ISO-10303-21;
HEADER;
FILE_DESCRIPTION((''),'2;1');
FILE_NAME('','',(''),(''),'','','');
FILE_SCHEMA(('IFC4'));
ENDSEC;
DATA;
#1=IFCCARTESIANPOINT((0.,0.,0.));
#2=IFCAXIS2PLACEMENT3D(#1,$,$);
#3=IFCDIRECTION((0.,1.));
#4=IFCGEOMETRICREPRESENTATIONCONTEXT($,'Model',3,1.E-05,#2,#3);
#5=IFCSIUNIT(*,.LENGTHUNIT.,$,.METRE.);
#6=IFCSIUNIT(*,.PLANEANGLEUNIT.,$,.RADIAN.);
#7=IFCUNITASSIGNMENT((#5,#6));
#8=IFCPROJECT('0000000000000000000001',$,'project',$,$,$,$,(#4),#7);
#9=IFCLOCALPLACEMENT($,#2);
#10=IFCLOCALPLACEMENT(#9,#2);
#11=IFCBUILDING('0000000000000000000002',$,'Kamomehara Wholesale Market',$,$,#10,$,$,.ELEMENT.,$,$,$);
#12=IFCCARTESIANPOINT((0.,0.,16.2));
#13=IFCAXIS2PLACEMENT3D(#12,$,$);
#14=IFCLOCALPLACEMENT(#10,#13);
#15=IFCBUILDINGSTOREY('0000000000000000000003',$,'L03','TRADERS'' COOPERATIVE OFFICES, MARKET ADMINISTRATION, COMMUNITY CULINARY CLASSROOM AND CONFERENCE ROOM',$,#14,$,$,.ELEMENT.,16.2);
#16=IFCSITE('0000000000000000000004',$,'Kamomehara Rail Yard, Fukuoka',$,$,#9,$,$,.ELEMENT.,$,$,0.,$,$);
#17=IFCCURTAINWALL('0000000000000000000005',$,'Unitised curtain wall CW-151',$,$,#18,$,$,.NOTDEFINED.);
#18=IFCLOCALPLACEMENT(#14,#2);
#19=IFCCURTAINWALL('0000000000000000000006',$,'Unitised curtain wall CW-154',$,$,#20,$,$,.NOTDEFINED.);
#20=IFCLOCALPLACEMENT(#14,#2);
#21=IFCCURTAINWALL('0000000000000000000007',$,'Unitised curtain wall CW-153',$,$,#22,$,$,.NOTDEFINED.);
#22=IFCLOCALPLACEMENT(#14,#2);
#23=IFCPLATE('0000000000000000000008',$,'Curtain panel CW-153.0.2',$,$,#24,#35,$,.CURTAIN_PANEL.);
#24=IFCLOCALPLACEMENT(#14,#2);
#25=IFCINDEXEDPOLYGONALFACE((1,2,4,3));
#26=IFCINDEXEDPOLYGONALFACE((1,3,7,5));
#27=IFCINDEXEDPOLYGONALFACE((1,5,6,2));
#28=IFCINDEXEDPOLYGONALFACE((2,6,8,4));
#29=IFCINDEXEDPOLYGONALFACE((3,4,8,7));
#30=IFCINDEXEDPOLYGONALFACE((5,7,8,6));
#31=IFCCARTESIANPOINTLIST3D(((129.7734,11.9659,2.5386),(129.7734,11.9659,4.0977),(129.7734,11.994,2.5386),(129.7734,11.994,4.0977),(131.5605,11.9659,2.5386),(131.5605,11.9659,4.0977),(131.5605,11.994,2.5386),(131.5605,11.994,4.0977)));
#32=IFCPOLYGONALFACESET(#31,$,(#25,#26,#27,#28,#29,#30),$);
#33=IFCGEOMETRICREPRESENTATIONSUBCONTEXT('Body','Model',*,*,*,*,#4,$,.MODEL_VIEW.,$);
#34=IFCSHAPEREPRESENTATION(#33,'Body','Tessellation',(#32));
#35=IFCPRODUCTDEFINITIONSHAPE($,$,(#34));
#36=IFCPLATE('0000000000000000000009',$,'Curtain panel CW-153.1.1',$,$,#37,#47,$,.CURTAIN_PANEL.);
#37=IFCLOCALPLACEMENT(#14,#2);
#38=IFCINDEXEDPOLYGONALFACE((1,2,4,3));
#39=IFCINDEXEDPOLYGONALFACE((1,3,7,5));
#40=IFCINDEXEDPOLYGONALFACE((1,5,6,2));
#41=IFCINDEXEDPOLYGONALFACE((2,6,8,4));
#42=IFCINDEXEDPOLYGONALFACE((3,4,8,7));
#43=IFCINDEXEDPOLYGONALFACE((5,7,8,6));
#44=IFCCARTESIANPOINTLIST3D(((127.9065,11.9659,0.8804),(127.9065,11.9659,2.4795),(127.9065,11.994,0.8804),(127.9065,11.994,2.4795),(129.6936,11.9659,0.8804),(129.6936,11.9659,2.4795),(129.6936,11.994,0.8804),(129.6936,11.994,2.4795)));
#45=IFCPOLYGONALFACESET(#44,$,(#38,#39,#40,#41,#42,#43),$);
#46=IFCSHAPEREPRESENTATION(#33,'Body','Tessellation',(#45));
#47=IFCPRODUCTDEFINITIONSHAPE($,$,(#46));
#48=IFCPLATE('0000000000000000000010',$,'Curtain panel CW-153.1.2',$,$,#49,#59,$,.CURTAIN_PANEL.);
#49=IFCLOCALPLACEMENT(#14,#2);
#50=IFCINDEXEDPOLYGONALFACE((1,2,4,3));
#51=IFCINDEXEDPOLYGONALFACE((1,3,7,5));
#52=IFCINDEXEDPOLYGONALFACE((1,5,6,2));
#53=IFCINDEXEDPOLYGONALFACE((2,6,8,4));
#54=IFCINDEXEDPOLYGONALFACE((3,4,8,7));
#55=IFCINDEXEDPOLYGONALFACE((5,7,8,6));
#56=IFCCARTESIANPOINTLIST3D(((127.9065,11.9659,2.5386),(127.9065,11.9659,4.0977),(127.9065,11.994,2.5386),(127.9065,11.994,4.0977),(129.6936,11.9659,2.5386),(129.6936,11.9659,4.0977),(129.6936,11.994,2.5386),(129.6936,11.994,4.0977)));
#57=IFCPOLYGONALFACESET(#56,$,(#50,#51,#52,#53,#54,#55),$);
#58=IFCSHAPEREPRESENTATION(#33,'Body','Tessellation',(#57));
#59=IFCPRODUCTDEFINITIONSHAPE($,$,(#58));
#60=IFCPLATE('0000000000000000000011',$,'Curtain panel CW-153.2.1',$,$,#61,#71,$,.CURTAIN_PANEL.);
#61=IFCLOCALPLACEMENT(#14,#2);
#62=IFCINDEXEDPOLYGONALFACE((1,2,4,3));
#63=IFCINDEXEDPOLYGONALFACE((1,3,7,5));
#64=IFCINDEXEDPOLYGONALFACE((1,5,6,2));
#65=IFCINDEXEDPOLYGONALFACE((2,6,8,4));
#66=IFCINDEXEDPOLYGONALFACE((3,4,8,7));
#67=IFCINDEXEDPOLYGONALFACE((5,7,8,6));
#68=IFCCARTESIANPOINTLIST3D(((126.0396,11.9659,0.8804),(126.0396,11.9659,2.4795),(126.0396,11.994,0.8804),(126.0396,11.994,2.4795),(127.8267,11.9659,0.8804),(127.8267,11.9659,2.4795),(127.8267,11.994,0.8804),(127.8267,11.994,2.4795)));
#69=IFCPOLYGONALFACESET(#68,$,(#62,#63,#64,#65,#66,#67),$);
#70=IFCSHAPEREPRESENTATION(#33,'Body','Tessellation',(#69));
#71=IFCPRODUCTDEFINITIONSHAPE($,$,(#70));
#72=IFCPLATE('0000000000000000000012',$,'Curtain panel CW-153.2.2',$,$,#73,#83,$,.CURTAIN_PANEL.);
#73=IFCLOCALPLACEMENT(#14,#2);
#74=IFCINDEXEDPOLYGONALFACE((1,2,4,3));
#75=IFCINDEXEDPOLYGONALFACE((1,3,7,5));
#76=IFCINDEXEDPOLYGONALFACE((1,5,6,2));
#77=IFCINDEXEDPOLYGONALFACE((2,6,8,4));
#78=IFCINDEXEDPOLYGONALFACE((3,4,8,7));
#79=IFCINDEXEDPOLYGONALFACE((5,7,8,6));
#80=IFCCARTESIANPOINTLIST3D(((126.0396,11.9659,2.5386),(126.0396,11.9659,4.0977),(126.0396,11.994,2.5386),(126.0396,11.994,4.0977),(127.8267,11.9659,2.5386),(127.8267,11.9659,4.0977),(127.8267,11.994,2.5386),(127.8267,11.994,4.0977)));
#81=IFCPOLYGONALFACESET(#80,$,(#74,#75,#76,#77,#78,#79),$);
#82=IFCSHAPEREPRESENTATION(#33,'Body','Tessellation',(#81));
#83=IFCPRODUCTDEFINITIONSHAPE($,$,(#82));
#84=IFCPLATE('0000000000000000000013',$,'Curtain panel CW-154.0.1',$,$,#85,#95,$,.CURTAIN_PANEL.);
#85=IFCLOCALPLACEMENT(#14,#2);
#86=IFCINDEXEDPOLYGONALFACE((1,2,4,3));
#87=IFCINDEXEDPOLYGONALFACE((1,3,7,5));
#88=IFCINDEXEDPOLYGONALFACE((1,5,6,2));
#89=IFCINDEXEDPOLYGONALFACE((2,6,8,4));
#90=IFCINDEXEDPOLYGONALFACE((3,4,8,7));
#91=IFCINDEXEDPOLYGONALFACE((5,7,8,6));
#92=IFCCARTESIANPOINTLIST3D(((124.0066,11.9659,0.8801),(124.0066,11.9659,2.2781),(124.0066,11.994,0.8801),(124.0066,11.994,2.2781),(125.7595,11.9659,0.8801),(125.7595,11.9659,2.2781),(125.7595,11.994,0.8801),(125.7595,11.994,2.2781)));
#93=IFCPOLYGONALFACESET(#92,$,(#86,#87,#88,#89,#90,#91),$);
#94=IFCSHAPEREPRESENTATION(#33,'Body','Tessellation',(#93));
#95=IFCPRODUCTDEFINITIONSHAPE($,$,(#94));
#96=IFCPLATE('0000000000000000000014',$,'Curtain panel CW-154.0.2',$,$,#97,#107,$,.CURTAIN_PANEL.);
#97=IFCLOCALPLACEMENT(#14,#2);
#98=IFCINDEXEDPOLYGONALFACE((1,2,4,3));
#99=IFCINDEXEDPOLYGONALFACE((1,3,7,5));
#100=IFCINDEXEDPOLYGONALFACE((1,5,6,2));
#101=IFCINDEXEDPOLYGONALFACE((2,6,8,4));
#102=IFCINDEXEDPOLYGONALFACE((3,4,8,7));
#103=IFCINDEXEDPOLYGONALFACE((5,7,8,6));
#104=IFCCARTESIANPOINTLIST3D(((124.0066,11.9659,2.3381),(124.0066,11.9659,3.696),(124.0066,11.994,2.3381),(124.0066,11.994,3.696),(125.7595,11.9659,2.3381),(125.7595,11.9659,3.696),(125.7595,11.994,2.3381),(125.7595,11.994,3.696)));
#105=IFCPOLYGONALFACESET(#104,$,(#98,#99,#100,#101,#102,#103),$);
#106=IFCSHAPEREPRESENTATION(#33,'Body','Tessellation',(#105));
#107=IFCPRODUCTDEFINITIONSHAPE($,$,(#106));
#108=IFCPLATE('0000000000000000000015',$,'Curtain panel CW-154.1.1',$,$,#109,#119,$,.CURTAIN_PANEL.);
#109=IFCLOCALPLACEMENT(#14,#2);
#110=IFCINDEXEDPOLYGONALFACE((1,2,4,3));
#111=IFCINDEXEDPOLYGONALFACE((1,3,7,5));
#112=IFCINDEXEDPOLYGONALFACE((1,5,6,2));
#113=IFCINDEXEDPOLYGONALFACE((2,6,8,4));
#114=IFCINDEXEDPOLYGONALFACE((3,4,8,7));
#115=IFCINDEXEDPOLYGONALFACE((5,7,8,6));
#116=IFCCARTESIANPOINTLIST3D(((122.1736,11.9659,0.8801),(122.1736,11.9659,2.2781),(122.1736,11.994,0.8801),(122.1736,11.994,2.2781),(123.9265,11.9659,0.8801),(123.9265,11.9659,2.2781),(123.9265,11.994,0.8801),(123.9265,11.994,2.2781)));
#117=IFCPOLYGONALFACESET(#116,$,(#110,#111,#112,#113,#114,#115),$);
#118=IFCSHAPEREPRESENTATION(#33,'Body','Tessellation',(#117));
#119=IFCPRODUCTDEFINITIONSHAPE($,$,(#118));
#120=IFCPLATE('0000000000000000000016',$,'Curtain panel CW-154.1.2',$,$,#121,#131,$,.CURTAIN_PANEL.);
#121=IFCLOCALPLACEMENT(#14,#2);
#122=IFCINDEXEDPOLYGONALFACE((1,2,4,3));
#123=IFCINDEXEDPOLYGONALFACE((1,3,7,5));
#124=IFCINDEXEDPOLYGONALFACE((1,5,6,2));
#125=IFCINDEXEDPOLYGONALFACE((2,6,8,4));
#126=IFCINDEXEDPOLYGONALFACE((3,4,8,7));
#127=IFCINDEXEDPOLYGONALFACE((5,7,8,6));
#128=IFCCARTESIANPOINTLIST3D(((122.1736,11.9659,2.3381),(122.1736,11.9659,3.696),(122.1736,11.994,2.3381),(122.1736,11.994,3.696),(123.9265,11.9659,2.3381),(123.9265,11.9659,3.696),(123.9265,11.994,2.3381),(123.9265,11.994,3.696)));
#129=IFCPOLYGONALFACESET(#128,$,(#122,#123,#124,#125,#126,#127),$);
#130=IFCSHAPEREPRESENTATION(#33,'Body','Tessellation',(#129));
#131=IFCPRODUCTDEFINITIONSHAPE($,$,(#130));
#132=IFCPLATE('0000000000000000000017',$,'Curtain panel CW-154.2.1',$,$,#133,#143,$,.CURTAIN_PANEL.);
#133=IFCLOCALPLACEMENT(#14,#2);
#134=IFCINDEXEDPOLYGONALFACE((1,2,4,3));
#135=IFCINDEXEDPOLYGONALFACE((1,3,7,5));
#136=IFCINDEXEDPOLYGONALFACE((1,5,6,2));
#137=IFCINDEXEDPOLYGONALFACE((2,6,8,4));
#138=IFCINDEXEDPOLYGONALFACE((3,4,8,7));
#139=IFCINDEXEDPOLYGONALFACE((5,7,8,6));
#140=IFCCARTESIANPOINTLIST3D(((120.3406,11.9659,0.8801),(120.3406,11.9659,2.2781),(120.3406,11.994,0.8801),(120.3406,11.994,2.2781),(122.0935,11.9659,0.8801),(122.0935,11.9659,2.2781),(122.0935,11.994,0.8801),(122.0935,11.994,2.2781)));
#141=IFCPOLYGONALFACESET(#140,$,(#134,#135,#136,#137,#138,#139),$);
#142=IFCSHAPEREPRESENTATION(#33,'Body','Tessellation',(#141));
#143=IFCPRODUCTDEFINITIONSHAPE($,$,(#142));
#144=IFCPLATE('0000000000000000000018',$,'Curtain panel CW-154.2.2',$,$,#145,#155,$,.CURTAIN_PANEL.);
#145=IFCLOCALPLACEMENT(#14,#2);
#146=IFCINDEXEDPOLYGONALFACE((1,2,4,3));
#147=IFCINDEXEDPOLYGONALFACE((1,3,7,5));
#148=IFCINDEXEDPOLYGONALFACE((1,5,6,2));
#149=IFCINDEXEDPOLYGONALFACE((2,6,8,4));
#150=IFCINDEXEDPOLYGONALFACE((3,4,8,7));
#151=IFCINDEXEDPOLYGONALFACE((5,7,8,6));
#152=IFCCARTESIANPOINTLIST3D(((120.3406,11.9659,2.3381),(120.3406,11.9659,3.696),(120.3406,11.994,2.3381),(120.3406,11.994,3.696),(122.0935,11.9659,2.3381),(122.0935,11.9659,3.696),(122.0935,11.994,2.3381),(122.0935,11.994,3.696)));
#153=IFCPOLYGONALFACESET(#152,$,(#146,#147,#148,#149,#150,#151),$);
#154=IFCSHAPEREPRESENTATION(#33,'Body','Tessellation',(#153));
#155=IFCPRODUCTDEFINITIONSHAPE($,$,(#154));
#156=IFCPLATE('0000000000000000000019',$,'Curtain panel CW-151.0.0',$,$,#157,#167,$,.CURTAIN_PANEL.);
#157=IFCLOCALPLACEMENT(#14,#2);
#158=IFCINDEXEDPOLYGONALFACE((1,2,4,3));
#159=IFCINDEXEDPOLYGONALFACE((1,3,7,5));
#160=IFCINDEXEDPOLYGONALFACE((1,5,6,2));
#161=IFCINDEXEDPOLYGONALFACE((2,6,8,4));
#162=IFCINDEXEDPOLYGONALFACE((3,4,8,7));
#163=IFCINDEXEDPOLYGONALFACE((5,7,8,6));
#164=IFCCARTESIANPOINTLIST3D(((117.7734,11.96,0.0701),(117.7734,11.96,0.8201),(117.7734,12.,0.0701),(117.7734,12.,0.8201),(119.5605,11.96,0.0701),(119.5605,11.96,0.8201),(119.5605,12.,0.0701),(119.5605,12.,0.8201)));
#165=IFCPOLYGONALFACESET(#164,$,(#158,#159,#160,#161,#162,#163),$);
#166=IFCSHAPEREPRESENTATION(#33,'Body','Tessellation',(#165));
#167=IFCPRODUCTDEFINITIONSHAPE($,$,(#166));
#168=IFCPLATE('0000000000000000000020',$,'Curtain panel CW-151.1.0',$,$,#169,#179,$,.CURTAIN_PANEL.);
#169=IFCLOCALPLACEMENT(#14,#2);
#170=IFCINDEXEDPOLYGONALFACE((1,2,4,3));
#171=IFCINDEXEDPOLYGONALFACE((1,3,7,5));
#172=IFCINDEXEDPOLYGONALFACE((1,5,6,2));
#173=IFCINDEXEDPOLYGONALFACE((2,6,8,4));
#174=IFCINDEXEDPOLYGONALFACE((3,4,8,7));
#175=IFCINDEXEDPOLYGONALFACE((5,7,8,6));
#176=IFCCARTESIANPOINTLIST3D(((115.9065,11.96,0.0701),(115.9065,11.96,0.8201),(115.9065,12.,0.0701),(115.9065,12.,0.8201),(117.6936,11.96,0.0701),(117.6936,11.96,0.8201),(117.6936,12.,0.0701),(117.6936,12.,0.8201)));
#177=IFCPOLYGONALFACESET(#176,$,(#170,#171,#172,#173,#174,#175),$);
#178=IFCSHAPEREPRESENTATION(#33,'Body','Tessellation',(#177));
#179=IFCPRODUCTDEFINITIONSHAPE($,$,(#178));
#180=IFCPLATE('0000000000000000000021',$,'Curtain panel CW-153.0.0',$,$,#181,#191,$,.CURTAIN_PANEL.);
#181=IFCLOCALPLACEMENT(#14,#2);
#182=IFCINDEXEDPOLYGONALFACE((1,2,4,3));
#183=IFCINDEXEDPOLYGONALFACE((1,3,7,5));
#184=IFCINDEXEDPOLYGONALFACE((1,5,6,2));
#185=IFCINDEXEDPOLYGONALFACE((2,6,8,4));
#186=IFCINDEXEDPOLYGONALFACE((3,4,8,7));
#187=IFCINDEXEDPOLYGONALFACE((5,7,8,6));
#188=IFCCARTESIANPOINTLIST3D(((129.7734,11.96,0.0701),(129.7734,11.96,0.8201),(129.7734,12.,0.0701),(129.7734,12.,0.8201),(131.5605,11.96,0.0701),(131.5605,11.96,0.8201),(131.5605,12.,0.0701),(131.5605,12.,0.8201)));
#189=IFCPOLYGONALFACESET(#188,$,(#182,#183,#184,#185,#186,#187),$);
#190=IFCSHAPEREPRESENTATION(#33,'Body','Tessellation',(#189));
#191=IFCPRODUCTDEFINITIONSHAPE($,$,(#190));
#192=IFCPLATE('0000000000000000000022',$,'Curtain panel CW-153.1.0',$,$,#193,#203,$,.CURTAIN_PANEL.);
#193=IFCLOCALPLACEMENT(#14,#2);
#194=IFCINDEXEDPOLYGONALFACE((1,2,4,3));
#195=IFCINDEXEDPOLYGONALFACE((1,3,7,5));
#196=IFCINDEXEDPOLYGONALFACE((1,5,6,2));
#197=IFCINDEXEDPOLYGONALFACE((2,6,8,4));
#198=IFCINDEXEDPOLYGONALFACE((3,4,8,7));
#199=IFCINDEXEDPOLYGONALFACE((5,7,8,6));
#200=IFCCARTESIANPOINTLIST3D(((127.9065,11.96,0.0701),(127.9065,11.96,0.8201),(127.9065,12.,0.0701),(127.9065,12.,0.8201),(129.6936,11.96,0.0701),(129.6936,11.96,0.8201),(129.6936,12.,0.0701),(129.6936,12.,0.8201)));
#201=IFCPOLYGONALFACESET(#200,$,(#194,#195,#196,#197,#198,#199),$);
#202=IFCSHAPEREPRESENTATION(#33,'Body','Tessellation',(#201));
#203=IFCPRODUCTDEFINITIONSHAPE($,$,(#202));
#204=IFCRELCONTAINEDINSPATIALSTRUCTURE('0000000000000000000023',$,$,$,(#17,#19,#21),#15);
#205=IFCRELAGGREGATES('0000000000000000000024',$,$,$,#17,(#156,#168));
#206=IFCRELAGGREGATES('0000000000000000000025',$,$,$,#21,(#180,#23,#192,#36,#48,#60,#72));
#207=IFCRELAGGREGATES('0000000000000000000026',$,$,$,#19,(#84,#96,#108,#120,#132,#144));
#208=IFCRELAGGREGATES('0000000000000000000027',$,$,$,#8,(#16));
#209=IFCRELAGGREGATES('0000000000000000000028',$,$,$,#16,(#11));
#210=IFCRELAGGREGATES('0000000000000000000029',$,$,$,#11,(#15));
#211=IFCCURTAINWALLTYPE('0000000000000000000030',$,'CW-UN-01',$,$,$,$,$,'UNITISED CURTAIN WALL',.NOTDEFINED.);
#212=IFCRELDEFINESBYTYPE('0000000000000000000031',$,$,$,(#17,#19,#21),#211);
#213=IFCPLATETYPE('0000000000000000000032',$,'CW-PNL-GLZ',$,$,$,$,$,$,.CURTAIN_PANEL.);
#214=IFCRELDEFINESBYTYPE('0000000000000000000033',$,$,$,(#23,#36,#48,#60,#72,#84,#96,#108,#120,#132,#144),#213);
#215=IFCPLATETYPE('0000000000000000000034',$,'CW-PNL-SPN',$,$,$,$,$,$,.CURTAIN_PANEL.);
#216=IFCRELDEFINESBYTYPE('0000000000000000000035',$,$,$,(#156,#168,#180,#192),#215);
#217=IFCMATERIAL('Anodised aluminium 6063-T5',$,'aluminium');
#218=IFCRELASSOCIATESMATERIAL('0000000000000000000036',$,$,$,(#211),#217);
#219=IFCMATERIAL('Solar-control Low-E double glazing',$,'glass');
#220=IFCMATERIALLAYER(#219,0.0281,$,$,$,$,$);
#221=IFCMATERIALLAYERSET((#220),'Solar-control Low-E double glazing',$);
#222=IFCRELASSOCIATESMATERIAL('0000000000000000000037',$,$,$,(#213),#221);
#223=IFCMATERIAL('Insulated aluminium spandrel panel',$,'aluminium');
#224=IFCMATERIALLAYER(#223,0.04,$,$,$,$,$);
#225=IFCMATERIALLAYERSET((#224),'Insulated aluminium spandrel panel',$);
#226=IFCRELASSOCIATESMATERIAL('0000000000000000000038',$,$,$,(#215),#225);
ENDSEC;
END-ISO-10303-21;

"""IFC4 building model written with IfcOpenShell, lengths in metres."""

from ifc_helpers import new_model, si_unit, direction, frame, origin, origin_2d, place, context, subcontext, project, spatial, rectangle, extrude, material, layer, layer_set, type_object, element, aggregate, save


model = new_model("IFC4")

# Units and contexts
model_context = context("Model", 3, precision=1e-05, world=origin(), true_north=direction((0.0, 1.0)))
body_context = subcontext(model_context, "Body", "Model", "MODEL_VIEW")
ifc_project = project(units=[si_unit("LENGTHUNIT", "METRE"), si_unit("PLANEANGLEUNIT", "RADIAN")], contexts=[model_context])

# Site, building, storey
site_placement = place(None, origin())
site = spatial("IfcSite", under=ifc_project, at=site_placement, Name="Kamomehara Rail Yard, Fukuoka", CompositionType="ELEMENT", RefElevation=0.0)
building_placement = place(site_placement, origin())
building = spatial("IfcBuilding", under=site, at=building_placement, Name="Kamomehara Wholesale Market", CompositionType="ELEMENT")
storey_placement = place(building_placement, frame((0.0, 0.0, 16.2)))
storey = spatial("IfcBuildingStorey", under=building, at=storey_placement, Name="L03", Description="TRADERS' COOPERATIVE OFFICES, MARKET ADMINISTRATION, COMMUNITY CULINARY CLASSROOM AND CONFERENCE ROOM", CompositionType="ELEMENT", Elevation=16.2)

# Curtain wall
ifc_material_1 = material(Name="Anodised aluminium 6063-T5", Category="aluminium")
curtain_wall_type = type_object("IfcCurtainWallType", Name="CW-UN-01", ElementType="UNITISED CURTAIN WALL", PredefinedType="NOTDEFINED", material=ifc_material_1)
curtain_wall_1_placement = place(storey_placement, origin())
curtain_wall_1 = element("IfcCurtainWall", 1, at=curtain_wall_1_placement, inside=storey, type_object=curtain_wall_type, Name="Unitised curtain wall CW-151", PredefinedType="NOTDEFINED")

# Curtain wall
curtain_wall_2_placement = place(storey_placement, origin())
curtain_wall_2 = element("IfcCurtainWall", 2, at=curtain_wall_2_placement, inside=storey, type_object=curtain_wall_type, Name="Unitised curtain wall CW-154", PredefinedType="NOTDEFINED")

# Shared definitions
ifc_material_2 = material(Name="Solar-control Low-E double glazing", Category="glass")
ifc_layer_1 = layer(ifc_material_2, 0.0281)
ifc_layer_set_1 = layer_set([ifc_layer_1], Name="Solar-control Low-E double glazing")
plate_type_1 = type_object("IfcPlateType", Name="CW-PNL-GLZ", PredefinedType="CURTAIN_PANEL", material=ifc_layer_set_1)

# Curtain wall, plates
curtain_wall_3_placement = place(storey_placement, origin())
curtain_wall_3 = element("IfcCurtainWall", 3, at=curtain_wall_3_placement, inside=storey, type_object=curtain_wall_type, Name="Unitised curtain wall CW-153", PredefinedType="NOTDEFINED")
plate_1_placement = place(storey_placement, frame((130.667, 11.98, 2.5386), z_axis=(0.0, 0.0, 1.0), x_axis=(-1.0, 0.0, 0.0)))
plate_1 = element("IfcPlate", 4, at=plate_1_placement, type_object=plate_type_1, Name="Curtain panel CW-153.0.2", PredefinedType="CURTAIN_PANEL", context=body_context, shape_type="SweptSolid", body=[
    extrude(rectangle(XDim=1.7871, YDim=0.0281, at=origin_2d()), origin(), (0.0, 0.0, 1.0), 1.5591),
])
plate_2_placement = place(storey_placement, frame((128.8, 11.98, 0.8804), z_axis=(0.0, 0.0, 1.0), x_axis=(-1.0, 0.0, 0.0)))
plate_2 = element("IfcPlate", 5, at=plate_2_placement, type_object=plate_type_1, Name="Curtain panel CW-153.1.1", PredefinedType="CURTAIN_PANEL", context=body_context, shape_type="SweptSolid", body=[
    extrude(rectangle(XDim=1.7871, YDim=0.0281, at=origin_2d()), origin(), (0.0, 0.0, 1.0), 1.5991),
])
plate_3_placement = place(storey_placement, frame((128.8, 11.98, 2.5386), z_axis=(0.0, 0.0, 1.0), x_axis=(-1.0, 0.0, 0.0)))
plate_3 = element("IfcPlate", 6, at=plate_3_placement, type_object=plate_type_1, Name="Curtain panel CW-153.1.2", PredefinedType="CURTAIN_PANEL", context=body_context, shape_type="SweptSolid", body=[
    extrude(rectangle(XDim=1.7871, YDim=0.0281, at=origin_2d()), origin(), (0.0, 0.0, 1.0), 1.5591),
])
plate_4_placement = place(storey_placement, frame((126.9331, 11.98, 0.8804), z_axis=(0.0, 0.0, 1.0), x_axis=(-1.0, 0.0, 0.0)))
plate_4 = element("IfcPlate", 7, at=plate_4_placement, type_object=plate_type_1, Name="Curtain panel CW-153.2.1", PredefinedType="CURTAIN_PANEL", context=body_context, shape_type="SweptSolid", body=[
    extrude(rectangle(XDim=1.7871, YDim=0.0281, at=origin_2d()), origin(), (0.0, 0.0, 1.0), 1.5991),
])
plate_5_placement = place(storey_placement, frame((126.9331, 11.98, 2.5386), z_axis=(0.0, 0.0, 1.0), x_axis=(-1.0, 0.0, 0.0)))
plate_5 = element("IfcPlate", 8, at=plate_5_placement, type_object=plate_type_1, Name="Curtain panel CW-153.2.2", PredefinedType="CURTAIN_PANEL", context=body_context, shape_type="SweptSolid", body=[
    extrude(rectangle(XDim=1.7871, YDim=0.0281, at=origin_2d()), origin(), (0.0, 0.0, 1.0), 1.5591),
])

# Plates
plate_6_placement = place(storey_placement, frame((124.8831, 11.98, 0.8801), z_axis=(0.0, 0.0, 1.0), x_axis=(-1.0, 0.0, 0.0)))
plate_6 = element("IfcPlate", 9, at=plate_6_placement, type_object=plate_type_1, Name="Curtain panel CW-154.0.1", PredefinedType="CURTAIN_PANEL", context=body_context, shape_type="SweptSolid", body=[
    extrude(rectangle(XDim=1.7529, YDim=0.0281, at=origin_2d()), origin(), (0.0, 0.0, 1.0), 1.3979),
])
plate_7_placement = place(storey_placement, frame((124.8831, 11.98, 2.3381), z_axis=(0.0, 0.0, 1.0), x_axis=(-1.0, 0.0, 0.0)))
plate_7 = element("IfcPlate", 10, at=plate_7_placement, type_object=plate_type_1, Name="Curtain panel CW-154.0.2", PredefinedType="CURTAIN_PANEL", context=body_context, shape_type="SweptSolid", body=[
    extrude(rectangle(XDim=1.7529, YDim=0.0281, at=origin_2d()), origin(), (0.0, 0.0, 1.0), 1.3579),
])
plate_8_placement = place(storey_placement, frame((123.05, 11.98, 0.8801), z_axis=(0.0, 0.0, 1.0), x_axis=(-1.0, 0.0, 0.0)))
plate_8 = element("IfcPlate", 11, at=plate_8_placement, type_object=plate_type_1, Name="Curtain panel CW-154.1.1", PredefinedType="CURTAIN_PANEL", context=body_context, shape_type="SweptSolid", body=[
    extrude(rectangle(XDim=1.7529, YDim=0.0281, at=origin_2d()), origin(), (0.0, 0.0, 1.0), 1.3979),
])
plate_9_placement = place(storey_placement, frame((123.05, 11.98, 2.3381), z_axis=(0.0, 0.0, 1.0), x_axis=(-1.0, 0.0, 0.0)))
plate_9 = element("IfcPlate", 12, at=plate_9_placement, type_object=plate_type_1, Name="Curtain panel CW-154.1.2", PredefinedType="CURTAIN_PANEL", context=body_context, shape_type="SweptSolid", body=[
    extrude(rectangle(XDim=1.7529, YDim=0.0281, at=origin_2d()), origin(), (0.0, 0.0, 1.0), 1.3579),
])
plate_10_placement = place(storey_placement, frame((121.217, 11.98, 0.8801), z_axis=(0.0, 0.0, 1.0), x_axis=(-1.0, 0.0, 0.0)))
plate_10 = element("IfcPlate", 13, at=plate_10_placement, type_object=plate_type_1, Name="Curtain panel CW-154.2.1", PredefinedType="CURTAIN_PANEL", context=body_context, shape_type="SweptSolid", body=[
    extrude(rectangle(XDim=1.7529, YDim=0.0281, at=origin_2d()), origin(), (0.0, 0.0, 1.0), 1.3979),
])
plate_11_placement = place(storey_placement, frame((121.217, 11.98, 2.3381), z_axis=(0.0, 0.0, 1.0), x_axis=(-1.0, 0.0, 0.0)))
plate_11 = element("IfcPlate", 14, at=plate_11_placement, type_object=plate_type_1, Name="Curtain panel CW-154.2.2", PredefinedType="CURTAIN_PANEL", context=body_context, shape_type="SweptSolid", body=[
    extrude(rectangle(XDim=1.7529, YDim=0.0281, at=origin_2d()), origin(), (0.0, 0.0, 1.0), 1.3579),
])
ifc_material_3 = material(Name="Insulated aluminium spandrel panel", Category="aluminium")
ifc_layer_2 = layer(ifc_material_3, 0.04)
ifc_layer_set_2 = layer_set([ifc_layer_2], Name="Insulated aluminium spandrel panel")
plate_type_2 = type_object("IfcPlateType", Name="CW-PNL-SPN", PredefinedType="CURTAIN_PANEL", material=ifc_layer_set_2)
plate_12_placement = place(storey_placement, frame((118.667, 11.98, 0.0701), z_axis=(0.0, 0.0, 1.0), x_axis=(-1.0, 0.0, 0.0)))
plate_12 = element("IfcPlate", 15, at=plate_12_placement, type_object=plate_type_2, Name="Curtain panel CW-151.0.0", PredefinedType="CURTAIN_PANEL", context=body_context, shape_type="SweptSolid", body=[
    extrude(rectangle(XDim=1.7871, YDim=0.04, at=origin_2d()), origin(), (0.0, 0.0, 1.0), 0.75),
])
plate_13_placement = place(storey_placement, frame((116.8, 11.98, 0.0701), z_axis=(0.0, 0.0, 1.0), x_axis=(-1.0, 0.0, 0.0)))
plate_13 = element("IfcPlate", 16, at=plate_13_placement, type_object=plate_type_2, Name="Curtain panel CW-151.1.0", PredefinedType="CURTAIN_PANEL", context=body_context, shape_type="SweptSolid", body=[
    extrude(rectangle(XDim=1.7871, YDim=0.04, at=origin_2d()), origin(), (0.0, 0.0, 1.0), 0.75),
])
aggregate(curtain_wall_1, [plate_12, plate_13])
plate_14_placement = place(storey_placement, frame((130.667, 11.98, 0.0701), z_axis=(0.0, 0.0, 1.0), x_axis=(-1.0, 0.0, 0.0)))
plate_14 = element("IfcPlate", 17, at=plate_14_placement, type_object=plate_type_2, Name="Curtain panel CW-153.0.0", PredefinedType="CURTAIN_PANEL", context=body_context, shape_type="SweptSolid", body=[
    extrude(rectangle(XDim=1.7871, YDim=0.04, at=origin_2d()), origin(), (0.0, 0.0, 1.0), 0.75),
])
plate_15_placement = place(storey_placement, frame((128.8, 11.98, 0.0701), z_axis=(0.0, 0.0, 1.0), x_axis=(-1.0, 0.0, 0.0)))
plate_15 = element("IfcPlate", 18, at=plate_15_placement, type_object=plate_type_2, Name="Curtain panel CW-153.1.0", PredefinedType="CURTAIN_PANEL", context=body_context, shape_type="SweptSolid", body=[
    extrude(rectangle(XDim=1.7871, YDim=0.04, at=origin_2d()), origin(), (0.0, 0.0, 1.0), 0.75),
])
aggregate(curtain_wall_3, [plate_14, plate_1, plate_15, plate_2, plate_3, plate_4, plate_5])
aggregate(curtain_wall_2, [plate_6, plate_7, plate_8, plate_9, plate_10, plate_11])

save(model, "model.ifc")
